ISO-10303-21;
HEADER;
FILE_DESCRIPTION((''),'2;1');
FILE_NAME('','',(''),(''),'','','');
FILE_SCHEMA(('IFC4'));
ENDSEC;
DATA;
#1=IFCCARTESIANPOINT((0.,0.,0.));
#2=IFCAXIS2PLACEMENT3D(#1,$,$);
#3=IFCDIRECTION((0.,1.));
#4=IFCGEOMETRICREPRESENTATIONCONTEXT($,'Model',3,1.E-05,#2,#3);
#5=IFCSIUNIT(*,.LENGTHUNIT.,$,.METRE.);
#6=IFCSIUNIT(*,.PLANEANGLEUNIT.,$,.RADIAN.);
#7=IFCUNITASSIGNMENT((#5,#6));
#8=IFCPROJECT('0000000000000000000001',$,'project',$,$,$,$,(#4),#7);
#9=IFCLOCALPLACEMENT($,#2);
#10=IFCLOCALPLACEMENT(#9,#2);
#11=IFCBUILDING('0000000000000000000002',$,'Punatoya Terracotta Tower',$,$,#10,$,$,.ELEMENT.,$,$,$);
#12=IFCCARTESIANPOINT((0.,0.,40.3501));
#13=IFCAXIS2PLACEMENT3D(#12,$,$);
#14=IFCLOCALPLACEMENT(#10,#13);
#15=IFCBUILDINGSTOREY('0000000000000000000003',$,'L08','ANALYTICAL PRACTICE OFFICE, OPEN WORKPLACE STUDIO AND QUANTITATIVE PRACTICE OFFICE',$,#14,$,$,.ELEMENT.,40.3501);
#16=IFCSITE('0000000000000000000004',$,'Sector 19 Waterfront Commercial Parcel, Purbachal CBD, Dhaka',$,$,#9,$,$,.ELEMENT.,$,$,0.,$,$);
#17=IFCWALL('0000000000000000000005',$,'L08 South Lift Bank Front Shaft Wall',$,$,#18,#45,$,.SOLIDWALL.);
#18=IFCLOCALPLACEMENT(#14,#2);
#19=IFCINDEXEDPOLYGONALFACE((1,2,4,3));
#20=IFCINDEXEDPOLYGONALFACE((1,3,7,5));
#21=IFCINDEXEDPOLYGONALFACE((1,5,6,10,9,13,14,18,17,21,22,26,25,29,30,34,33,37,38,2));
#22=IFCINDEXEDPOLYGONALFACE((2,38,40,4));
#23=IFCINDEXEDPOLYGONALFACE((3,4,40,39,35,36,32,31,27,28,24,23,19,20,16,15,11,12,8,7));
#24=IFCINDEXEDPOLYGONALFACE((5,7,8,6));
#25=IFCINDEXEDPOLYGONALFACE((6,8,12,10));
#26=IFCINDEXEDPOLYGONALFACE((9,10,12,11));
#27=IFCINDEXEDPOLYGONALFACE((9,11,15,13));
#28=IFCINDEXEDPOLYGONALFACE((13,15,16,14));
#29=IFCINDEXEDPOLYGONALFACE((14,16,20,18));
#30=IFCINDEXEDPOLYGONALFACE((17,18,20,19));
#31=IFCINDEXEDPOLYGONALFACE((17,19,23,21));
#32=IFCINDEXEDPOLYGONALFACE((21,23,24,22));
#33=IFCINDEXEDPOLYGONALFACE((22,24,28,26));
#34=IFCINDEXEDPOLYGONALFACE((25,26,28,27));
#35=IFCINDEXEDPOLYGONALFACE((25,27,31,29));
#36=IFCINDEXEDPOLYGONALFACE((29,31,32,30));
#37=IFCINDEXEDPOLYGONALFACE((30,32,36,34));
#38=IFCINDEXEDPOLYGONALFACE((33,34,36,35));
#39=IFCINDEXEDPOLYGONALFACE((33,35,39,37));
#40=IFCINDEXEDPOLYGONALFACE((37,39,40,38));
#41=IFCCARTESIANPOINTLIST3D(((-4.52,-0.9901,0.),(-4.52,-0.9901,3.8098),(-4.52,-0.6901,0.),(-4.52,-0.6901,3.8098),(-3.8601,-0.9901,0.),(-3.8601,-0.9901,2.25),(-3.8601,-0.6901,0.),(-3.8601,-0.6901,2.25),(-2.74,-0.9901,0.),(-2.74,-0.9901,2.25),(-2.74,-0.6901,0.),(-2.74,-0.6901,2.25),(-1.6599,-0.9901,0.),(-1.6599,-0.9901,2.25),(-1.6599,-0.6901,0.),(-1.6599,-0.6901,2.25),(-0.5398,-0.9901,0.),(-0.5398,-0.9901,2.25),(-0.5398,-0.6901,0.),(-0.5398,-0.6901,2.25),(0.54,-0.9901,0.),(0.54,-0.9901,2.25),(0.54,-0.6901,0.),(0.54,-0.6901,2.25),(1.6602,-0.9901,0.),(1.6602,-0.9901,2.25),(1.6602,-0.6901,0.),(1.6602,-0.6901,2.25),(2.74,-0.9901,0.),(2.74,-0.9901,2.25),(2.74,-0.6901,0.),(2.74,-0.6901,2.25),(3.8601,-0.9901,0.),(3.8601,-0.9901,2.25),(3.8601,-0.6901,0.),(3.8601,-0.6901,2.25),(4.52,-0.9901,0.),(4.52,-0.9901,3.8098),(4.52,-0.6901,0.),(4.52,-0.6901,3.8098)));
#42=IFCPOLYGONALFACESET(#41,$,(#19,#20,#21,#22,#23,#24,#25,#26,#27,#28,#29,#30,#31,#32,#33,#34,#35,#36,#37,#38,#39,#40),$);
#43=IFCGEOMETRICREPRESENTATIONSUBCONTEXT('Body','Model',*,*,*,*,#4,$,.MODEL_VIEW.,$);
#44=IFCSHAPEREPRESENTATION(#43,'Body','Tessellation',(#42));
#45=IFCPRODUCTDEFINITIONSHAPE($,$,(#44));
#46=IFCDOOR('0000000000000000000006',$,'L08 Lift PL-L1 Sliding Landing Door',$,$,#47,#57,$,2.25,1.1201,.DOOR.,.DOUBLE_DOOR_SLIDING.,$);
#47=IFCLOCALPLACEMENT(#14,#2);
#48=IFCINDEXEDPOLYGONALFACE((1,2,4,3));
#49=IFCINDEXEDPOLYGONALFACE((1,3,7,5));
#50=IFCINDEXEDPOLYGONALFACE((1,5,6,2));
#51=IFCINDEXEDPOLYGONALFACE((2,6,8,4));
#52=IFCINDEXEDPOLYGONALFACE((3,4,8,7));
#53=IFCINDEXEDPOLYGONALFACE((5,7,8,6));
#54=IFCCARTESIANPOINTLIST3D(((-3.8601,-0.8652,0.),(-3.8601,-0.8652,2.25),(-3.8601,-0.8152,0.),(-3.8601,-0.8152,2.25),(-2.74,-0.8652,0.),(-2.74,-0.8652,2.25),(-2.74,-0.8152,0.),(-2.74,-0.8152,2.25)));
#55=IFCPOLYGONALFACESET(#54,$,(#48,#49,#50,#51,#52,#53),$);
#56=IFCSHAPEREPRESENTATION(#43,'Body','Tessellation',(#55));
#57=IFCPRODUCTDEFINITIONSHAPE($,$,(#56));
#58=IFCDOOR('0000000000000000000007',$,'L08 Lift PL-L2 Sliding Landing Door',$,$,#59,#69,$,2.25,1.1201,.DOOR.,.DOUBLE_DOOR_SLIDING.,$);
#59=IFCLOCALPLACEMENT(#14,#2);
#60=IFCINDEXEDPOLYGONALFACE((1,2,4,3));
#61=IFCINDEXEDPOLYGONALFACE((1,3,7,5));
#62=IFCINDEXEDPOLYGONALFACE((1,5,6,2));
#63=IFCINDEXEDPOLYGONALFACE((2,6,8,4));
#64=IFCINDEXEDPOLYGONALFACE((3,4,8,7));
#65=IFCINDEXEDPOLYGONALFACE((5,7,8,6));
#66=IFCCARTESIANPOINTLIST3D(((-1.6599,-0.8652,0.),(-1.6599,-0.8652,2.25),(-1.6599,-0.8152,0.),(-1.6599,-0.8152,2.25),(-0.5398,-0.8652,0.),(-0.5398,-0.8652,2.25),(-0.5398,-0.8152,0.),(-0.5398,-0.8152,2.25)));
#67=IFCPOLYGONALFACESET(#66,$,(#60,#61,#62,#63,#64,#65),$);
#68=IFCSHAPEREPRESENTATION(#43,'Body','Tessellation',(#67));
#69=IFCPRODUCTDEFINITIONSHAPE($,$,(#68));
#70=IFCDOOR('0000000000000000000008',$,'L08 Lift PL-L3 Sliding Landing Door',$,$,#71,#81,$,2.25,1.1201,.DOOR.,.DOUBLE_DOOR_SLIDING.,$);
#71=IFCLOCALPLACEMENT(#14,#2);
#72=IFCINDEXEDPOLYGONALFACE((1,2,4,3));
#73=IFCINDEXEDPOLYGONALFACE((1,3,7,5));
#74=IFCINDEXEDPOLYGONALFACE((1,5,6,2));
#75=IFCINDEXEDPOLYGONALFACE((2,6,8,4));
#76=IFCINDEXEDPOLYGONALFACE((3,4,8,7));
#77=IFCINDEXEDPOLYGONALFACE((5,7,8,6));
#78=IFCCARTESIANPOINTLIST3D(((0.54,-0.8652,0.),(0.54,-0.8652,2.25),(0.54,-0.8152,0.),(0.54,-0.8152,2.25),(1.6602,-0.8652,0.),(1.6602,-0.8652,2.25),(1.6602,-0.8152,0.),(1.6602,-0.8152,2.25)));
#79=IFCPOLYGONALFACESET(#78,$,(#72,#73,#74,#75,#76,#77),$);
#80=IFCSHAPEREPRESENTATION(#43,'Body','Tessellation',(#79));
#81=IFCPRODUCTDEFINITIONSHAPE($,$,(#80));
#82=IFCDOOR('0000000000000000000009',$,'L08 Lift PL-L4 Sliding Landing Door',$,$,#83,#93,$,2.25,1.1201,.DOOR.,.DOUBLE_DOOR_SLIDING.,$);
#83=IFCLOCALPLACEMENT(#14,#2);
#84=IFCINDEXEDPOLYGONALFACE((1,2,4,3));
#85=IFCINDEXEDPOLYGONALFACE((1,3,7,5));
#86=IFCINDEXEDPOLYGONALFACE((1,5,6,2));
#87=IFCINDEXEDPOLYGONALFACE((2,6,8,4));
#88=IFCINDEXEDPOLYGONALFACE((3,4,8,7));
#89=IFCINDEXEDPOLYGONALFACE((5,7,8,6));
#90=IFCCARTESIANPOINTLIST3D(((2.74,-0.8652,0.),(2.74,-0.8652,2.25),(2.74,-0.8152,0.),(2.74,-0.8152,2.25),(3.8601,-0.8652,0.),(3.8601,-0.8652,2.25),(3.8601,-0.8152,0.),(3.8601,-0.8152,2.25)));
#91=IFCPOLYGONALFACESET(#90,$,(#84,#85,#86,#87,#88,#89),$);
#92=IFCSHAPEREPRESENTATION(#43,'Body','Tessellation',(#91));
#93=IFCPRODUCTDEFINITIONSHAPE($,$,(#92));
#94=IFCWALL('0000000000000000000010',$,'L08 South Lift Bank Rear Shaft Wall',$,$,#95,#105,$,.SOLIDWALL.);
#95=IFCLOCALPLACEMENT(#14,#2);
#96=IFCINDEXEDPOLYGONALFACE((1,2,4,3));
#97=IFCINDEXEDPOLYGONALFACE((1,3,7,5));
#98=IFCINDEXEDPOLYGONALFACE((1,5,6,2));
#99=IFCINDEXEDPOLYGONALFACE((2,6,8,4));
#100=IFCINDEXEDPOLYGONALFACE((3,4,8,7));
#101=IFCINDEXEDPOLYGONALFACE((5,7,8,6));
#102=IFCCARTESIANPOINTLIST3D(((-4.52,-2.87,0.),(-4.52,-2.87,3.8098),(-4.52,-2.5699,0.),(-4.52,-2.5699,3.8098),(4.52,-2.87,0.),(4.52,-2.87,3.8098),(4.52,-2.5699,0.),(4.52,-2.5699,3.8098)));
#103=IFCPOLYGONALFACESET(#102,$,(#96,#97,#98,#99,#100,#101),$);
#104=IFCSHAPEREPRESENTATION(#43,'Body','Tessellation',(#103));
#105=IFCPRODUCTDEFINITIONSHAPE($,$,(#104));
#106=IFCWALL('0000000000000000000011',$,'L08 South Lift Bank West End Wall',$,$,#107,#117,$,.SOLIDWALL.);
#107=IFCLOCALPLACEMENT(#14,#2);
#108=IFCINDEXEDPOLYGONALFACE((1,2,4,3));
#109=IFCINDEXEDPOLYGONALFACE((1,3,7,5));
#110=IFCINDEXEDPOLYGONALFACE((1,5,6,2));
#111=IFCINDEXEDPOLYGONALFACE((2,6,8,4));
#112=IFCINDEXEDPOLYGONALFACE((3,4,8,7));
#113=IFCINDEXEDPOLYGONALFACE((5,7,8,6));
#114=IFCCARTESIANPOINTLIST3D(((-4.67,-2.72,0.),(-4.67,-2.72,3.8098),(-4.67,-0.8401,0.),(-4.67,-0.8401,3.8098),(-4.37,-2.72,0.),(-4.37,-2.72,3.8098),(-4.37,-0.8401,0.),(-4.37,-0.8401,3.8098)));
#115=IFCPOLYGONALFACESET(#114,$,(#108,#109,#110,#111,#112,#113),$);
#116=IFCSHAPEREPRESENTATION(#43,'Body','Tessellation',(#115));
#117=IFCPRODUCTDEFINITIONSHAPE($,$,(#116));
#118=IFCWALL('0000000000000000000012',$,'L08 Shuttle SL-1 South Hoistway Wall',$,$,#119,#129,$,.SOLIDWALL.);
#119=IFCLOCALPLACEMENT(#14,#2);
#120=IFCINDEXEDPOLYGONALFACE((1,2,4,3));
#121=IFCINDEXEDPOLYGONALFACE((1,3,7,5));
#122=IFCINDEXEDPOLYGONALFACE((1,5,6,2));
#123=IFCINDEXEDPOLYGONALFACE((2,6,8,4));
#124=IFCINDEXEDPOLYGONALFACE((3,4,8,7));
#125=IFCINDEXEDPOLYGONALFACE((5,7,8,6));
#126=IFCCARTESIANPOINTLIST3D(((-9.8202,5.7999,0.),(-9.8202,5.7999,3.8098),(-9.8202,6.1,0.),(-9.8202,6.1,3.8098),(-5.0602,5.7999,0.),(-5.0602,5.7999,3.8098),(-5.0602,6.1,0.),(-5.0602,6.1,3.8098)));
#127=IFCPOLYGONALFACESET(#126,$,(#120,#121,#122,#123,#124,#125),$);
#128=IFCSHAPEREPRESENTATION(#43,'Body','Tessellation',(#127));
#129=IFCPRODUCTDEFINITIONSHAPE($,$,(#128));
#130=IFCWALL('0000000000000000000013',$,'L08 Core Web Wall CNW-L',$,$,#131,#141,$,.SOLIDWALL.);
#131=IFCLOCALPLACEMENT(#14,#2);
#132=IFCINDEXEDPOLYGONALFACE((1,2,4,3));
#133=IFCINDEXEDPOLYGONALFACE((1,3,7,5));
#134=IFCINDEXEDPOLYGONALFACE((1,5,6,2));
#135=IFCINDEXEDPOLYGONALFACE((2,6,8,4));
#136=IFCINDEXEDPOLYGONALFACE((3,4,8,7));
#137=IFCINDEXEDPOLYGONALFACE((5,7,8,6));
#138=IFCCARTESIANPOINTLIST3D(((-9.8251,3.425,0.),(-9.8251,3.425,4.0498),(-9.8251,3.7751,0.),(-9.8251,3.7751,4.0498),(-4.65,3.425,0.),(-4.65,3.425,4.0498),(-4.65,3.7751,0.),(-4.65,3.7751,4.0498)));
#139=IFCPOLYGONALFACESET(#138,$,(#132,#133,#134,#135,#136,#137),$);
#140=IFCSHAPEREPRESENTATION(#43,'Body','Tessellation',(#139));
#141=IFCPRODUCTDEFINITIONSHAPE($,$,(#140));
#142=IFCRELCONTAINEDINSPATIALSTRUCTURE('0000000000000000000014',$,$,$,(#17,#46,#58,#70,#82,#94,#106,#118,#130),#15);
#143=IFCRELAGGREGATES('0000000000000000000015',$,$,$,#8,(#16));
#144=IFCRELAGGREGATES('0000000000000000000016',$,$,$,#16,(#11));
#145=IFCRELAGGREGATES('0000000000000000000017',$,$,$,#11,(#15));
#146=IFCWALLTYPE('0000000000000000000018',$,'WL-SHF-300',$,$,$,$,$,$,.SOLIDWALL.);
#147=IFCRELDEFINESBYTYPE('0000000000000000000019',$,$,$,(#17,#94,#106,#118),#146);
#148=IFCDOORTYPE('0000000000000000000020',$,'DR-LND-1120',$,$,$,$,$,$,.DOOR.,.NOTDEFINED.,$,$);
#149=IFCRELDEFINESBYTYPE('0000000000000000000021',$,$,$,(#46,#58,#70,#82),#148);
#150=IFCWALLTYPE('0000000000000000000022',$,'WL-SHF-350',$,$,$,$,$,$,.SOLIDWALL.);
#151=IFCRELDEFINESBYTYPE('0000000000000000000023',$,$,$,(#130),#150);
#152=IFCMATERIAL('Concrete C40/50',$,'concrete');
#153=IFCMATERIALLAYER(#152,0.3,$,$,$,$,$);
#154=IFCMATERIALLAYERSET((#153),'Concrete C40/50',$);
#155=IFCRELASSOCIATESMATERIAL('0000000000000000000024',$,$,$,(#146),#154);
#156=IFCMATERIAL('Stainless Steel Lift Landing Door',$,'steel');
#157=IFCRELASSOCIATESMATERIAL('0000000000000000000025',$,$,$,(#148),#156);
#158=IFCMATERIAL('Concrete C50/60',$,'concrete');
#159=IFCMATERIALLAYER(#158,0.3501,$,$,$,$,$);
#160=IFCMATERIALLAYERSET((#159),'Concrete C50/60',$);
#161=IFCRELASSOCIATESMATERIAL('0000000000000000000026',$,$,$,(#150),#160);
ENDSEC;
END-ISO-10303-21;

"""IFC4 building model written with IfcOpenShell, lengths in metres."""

from ifc_helpers import new_model, si_unit, direction, frame, frame_2d, origin, place, context, subcontext, project, spatial, rectangle, extrude, material, layer, layer_set, type_object, element, fill, save


model = new_model("IFC4")

# Units and contexts
model_context = context("Model", 3, precision=1e-05, world=origin(), true_north=direction((0.0, 1.0)))
body_context = subcontext(model_context, "Body", "Model", "MODEL_VIEW")
ifc_project = project(units=[si_unit("LENGTHUNIT", "METRE"), si_unit("PLANEANGLEUNIT", "RADIAN")], contexts=[model_context])

# Site, building, storey
site_placement = place(None, origin())
site = spatial("IfcSite", under=ifc_project, at=site_placement, Name="Sector 19 Waterfront Commercial Parcel, Purbachal CBD, Dhaka", CompositionType="ELEMENT", RefElevation=0.0)
building_placement = place(site_placement, origin())
building = spatial("IfcBuilding", under=site, at=building_placement, Name="Punatoya Terracotta Tower", CompositionType="ELEMENT")
storey_placement = place(building_placement, frame((0.0, 0.0, 40.3501)))
storey = spatial("IfcBuildingStorey", under=building, at=storey_placement, Name="L08", Description="ANALYTICAL PRACTICE OFFICE, OPEN WORKPLACE STUDIO AND QUANTITATIVE PRACTICE OFFICE", CompositionType="ELEMENT", Elevation=40.3501)

# Shared definitions
ifc_material_1 = material(Name="Concrete C40/50", Category="concrete")
ifc_layer_1 = layer(ifc_material_1, 0.3)
ifc_layer_set_1 = layer_set([ifc_layer_1], Name="Concrete C40/50")
wall_type_1 = type_object("IfcWallType", Name="WL-SHF-300", PredefinedType="SOLIDWALL", material=ifc_layer_set_1)

# Wall, openings, doors
wall_1_placement = place(storey_placement, frame((-4.52, -0.8401, 0.0), z_axis=(0.0, 0.0, 1.0), x_axis=(1.0, 0.0, 0.0)))
wall_1 = element("IfcWall", 1, at=wall_1_placement, inside=storey, type_object=wall_type_1, Name="L08 South Lift Bank Front Shaft Wall", PredefinedType="SOLIDWALL", context=body_context, shape_type="SweptSolid", body=[
    extrude(rectangle(XDim=9.04, YDim=0.3, at=frame_2d((4.52, 0.0))), origin(), (0.0, 0.0, 1.0), 3.8098),
])
opening_1_placement = place(wall_1_placement, frame((0.6599, 0.0, 0.0)))
opening_1 = element("IfcOpeningElement", 2, at=opening_1_placement, cuts=wall_1, PredefinedType="OPENING", context=body_context, shape_type="SweptSolid", body=[
    extrude(rectangle(XDim=1.1201, YDim=2.25, at=frame_2d((0.5601, 1.125))), frame((0.0, 0.1599, 0.0), z_axis=(0.0, -1.0, 0.0), x_axis=(1.0, 0.0, 0.0)), (0.0, 0.0, 1.0), 0.3201),
])
opening_2_placement = place(wall_1_placement, frame((2.8601, 0.0, 0.0)))
opening_2 = element("IfcOpeningElement", 3, at=opening_2_placement, cuts=wall_1, PredefinedType="OPENING", context=body_context, shape_type="SweptSolid", body=[
    extrude(rectangle(XDim=1.1201, YDim=2.25, at=frame_2d((0.5601, 1.125))), frame((0.0, 0.1599, 0.0), z_axis=(0.0, -1.0, 0.0), x_axis=(1.0, 0.0, 0.0)), (0.0, 0.0, 1.0), 0.3201),
])
opening_3_placement = place(wall_1_placement, frame((5.0601, 0.0, 0.0)))
opening_3 = element("IfcOpeningElement", 4, at=opening_3_placement, cuts=wall_1, PredefinedType="OPENING", context=body_context, shape_type="SweptSolid", body=[
    extrude(rectangle(XDim=1.1201, YDim=2.25, at=frame_2d((0.5601, 1.125))), frame((0.0, 0.1599, 0.0), z_axis=(0.0, -1.0, 0.0), x_axis=(1.0, 0.0, 0.0)), (0.0, 0.0, 1.0), 0.3201),
])
opening_4_placement = place(wall_1_placement, frame((7.26, 0.0, 0.0)))
opening_4 = element("IfcOpeningElement", 5, at=opening_4_placement, cuts=wall_1, PredefinedType="OPENING", context=body_context, shape_type="SweptSolid", body=[
    extrude(rectangle(XDim=1.1201, YDim=2.25, at=frame_2d((0.5601, 1.125))), frame((0.0, 0.1599, 0.0), z_axis=(0.0, -1.0, 0.0), x_axis=(1.0, 0.0, 0.0)), (0.0, 0.0, 1.0), 0.3201),
])
ifc_material_2 = material(Name="Stainless Steel Lift Landing Door", Category="steel")
door_type_1 = type_object("IfcDoorType", Name="DR-LND-1120", OperationType="NOTDEFINED", PredefinedType="DOOR", material=ifc_material_2)
door_1_placement = place(opening_1_placement, origin())
door_1 = element("IfcDoor", 6, at=door_1_placement, inside=storey, type_object=door_type_1, Name="L08 Lift PL-L1 Sliding Landing Door", OperationType="DOUBLE_DOOR_SLIDING", OverallHeight=2.25, OverallWidth=1.1201, PredefinedType="DOOR", context=body_context, shape_type="SweptSolid", body=[
    extrude(rectangle(XDim=1.1201, YDim=2.25, at=frame_2d((0.5601, 1.125))), frame((0.0, 0.0249, 0.0), z_axis=(0.0, -1.0, 0.0), x_axis=(1.0, 0.0, 0.0)), (0.0, 0.0, 1.0), 0.05),
])
fill(opening_1, door_1)
door_2_placement = place(opening_2_placement, origin())
door_2 = element("IfcDoor", 7, at=door_2_placement, inside=storey, type_object=door_type_1, Name="L08 Lift PL-L2 Sliding Landing Door", OperationType="DOUBLE_DOOR_SLIDING", OverallHeight=2.25, OverallWidth=1.1201, PredefinedType="DOOR", context=body_context, shape_type="SweptSolid", body=[
    extrude(rectangle(XDim=1.1201, YDim=2.25, at=frame_2d((0.5601, 1.125))), frame((0.0, 0.0249, 0.0), z_axis=(0.0, -1.0, 0.0), x_axis=(1.0, 0.0, 0.0)), (0.0, 0.0, 1.0), 0.05),
])
fill(opening_2, door_2)
door_3_placement = place(opening_3_placement, origin())
door_3 = element("IfcDoor", 8, at=door_3_placement, inside=storey, type_object=door_type_1, Name="L08 Lift PL-L3 Sliding Landing Door", OperationType="DOUBLE_DOOR_SLIDING", OverallHeight=2.25, OverallWidth=1.1201, PredefinedType="DOOR", context=body_context, shape_type="SweptSolid", body=[
    extrude(rectangle(XDim=1.1201, YDim=2.25, at=frame_2d((0.5601, 1.125))), frame((0.0, 0.0249, 0.0), z_axis=(0.0, -1.0, 0.0), x_axis=(1.0, 0.0, 0.0)), (0.0, 0.0, 1.0), 0.05),
])
fill(opening_3, door_3)
door_4_placement = place(opening_4_placement, origin())
door_4 = element("IfcDoor", 9, at=door_4_placement, inside=storey, type_object=door_type_1, Name="L08 Lift PL-L4 Sliding Landing Door", OperationType="DOUBLE_DOOR_SLIDING", OverallHeight=2.25, OverallWidth=1.1201, PredefinedType="DOOR", context=body_context, shape_type="SweptSolid", body=[
    extrude(rectangle(XDim=1.1201, YDim=2.25, at=frame_2d((0.5601, 1.125))), frame((0.0, 0.0249, 0.0), z_axis=(0.0, -1.0, 0.0), x_axis=(1.0, 0.0, 0.0)), (0.0, 0.0, 1.0), 0.05),
])
fill(opening_4, door_4)

# Walls
wall_2_placement = place(storey_placement, frame((-4.52, -2.72, 0.0), z_axis=(0.0, 0.0, 1.0), x_axis=(1.0, 0.0, 0.0)))
element("IfcWall", 10, at=wall_2_placement, inside=storey, type_object=wall_type_1, Name="L08 South Lift Bank Rear Shaft Wall", PredefinedType="SOLIDWALL", context=body_context, shape_type="SweptSolid", body=[
    extrude(rectangle(XDim=9.04, YDim=0.3, at=frame_2d((4.52, 0.0))), origin(), (0.0, 0.0, 1.0), 3.8098),
])
wall_3_placement = place(storey_placement, frame((-4.52, -2.72, 0.0), z_axis=(0.0, 0.0, 1.0), x_axis=(0.0, 1.0, 0.0)))
element("IfcWall", 11, at=wall_3_placement, inside=storey, type_object=wall_type_1, Name="L08 South Lift Bank West End Wall", PredefinedType="SOLIDWALL", context=body_context, shape_type="SweptSolid", body=[
    extrude(rectangle(XDim=1.8799, YDim=0.3, at=frame_2d((0.9399, 0.0))), origin(), (0.0, 0.0, 1.0), 3.8098),
])
wall_4_placement = place(storey_placement, frame((-9.8201, 5.95, 0.0), z_axis=(0.0, 0.0, 1.0), x_axis=(1.0, 0.0, 0.0)))
element("IfcWall", 12, at=wall_4_placement, inside=storey, type_object=wall_type_1, Name="L08 Shuttle SL-1 South Hoistway Wall", PredefinedType="SOLIDWALL", context=body_context, shape_type="SweptSolid", body=[
    extrude(rectangle(XDim=4.76, YDim=0.3, at=frame_2d((2.3799, 0.0))), origin(), (0.0, 0.0, 1.0), 3.8098),
])
ifc_material_3 = material(Name="Concrete C50/60", Category="concrete")
ifc_layer_2 = layer(ifc_material_3, 0.3501)
ifc_layer_set_2 = layer_set([ifc_layer_2], Name="Concrete C50/60")
wall_type_2 = type_object("IfcWallType", Name="WL-SHF-350", PredefinedType="SOLIDWALL", material=ifc_layer_set_2)
wall_5_placement = place(storey_placement, frame((-9.825, 3.6001, 0.0), z_axis=(0.0, 0.0, 1.0), x_axis=(1.0, 0.0, 0.0)))
element("IfcWall", 13, at=wall_5_placement, inside=storey, type_object=wall_type_2, Name="L08 Core Web Wall CNW-L", PredefinedType="SOLIDWALL", context=body_context, shape_type="SweptSolid", body=[
    extrude(rectangle(XDim=5.175, YDim=0.3501, at=frame_2d((2.5874, 0.0))), origin(), (0.0, 0.0, 1.0), 4.0498),
])

save(model, "model.ifc")
